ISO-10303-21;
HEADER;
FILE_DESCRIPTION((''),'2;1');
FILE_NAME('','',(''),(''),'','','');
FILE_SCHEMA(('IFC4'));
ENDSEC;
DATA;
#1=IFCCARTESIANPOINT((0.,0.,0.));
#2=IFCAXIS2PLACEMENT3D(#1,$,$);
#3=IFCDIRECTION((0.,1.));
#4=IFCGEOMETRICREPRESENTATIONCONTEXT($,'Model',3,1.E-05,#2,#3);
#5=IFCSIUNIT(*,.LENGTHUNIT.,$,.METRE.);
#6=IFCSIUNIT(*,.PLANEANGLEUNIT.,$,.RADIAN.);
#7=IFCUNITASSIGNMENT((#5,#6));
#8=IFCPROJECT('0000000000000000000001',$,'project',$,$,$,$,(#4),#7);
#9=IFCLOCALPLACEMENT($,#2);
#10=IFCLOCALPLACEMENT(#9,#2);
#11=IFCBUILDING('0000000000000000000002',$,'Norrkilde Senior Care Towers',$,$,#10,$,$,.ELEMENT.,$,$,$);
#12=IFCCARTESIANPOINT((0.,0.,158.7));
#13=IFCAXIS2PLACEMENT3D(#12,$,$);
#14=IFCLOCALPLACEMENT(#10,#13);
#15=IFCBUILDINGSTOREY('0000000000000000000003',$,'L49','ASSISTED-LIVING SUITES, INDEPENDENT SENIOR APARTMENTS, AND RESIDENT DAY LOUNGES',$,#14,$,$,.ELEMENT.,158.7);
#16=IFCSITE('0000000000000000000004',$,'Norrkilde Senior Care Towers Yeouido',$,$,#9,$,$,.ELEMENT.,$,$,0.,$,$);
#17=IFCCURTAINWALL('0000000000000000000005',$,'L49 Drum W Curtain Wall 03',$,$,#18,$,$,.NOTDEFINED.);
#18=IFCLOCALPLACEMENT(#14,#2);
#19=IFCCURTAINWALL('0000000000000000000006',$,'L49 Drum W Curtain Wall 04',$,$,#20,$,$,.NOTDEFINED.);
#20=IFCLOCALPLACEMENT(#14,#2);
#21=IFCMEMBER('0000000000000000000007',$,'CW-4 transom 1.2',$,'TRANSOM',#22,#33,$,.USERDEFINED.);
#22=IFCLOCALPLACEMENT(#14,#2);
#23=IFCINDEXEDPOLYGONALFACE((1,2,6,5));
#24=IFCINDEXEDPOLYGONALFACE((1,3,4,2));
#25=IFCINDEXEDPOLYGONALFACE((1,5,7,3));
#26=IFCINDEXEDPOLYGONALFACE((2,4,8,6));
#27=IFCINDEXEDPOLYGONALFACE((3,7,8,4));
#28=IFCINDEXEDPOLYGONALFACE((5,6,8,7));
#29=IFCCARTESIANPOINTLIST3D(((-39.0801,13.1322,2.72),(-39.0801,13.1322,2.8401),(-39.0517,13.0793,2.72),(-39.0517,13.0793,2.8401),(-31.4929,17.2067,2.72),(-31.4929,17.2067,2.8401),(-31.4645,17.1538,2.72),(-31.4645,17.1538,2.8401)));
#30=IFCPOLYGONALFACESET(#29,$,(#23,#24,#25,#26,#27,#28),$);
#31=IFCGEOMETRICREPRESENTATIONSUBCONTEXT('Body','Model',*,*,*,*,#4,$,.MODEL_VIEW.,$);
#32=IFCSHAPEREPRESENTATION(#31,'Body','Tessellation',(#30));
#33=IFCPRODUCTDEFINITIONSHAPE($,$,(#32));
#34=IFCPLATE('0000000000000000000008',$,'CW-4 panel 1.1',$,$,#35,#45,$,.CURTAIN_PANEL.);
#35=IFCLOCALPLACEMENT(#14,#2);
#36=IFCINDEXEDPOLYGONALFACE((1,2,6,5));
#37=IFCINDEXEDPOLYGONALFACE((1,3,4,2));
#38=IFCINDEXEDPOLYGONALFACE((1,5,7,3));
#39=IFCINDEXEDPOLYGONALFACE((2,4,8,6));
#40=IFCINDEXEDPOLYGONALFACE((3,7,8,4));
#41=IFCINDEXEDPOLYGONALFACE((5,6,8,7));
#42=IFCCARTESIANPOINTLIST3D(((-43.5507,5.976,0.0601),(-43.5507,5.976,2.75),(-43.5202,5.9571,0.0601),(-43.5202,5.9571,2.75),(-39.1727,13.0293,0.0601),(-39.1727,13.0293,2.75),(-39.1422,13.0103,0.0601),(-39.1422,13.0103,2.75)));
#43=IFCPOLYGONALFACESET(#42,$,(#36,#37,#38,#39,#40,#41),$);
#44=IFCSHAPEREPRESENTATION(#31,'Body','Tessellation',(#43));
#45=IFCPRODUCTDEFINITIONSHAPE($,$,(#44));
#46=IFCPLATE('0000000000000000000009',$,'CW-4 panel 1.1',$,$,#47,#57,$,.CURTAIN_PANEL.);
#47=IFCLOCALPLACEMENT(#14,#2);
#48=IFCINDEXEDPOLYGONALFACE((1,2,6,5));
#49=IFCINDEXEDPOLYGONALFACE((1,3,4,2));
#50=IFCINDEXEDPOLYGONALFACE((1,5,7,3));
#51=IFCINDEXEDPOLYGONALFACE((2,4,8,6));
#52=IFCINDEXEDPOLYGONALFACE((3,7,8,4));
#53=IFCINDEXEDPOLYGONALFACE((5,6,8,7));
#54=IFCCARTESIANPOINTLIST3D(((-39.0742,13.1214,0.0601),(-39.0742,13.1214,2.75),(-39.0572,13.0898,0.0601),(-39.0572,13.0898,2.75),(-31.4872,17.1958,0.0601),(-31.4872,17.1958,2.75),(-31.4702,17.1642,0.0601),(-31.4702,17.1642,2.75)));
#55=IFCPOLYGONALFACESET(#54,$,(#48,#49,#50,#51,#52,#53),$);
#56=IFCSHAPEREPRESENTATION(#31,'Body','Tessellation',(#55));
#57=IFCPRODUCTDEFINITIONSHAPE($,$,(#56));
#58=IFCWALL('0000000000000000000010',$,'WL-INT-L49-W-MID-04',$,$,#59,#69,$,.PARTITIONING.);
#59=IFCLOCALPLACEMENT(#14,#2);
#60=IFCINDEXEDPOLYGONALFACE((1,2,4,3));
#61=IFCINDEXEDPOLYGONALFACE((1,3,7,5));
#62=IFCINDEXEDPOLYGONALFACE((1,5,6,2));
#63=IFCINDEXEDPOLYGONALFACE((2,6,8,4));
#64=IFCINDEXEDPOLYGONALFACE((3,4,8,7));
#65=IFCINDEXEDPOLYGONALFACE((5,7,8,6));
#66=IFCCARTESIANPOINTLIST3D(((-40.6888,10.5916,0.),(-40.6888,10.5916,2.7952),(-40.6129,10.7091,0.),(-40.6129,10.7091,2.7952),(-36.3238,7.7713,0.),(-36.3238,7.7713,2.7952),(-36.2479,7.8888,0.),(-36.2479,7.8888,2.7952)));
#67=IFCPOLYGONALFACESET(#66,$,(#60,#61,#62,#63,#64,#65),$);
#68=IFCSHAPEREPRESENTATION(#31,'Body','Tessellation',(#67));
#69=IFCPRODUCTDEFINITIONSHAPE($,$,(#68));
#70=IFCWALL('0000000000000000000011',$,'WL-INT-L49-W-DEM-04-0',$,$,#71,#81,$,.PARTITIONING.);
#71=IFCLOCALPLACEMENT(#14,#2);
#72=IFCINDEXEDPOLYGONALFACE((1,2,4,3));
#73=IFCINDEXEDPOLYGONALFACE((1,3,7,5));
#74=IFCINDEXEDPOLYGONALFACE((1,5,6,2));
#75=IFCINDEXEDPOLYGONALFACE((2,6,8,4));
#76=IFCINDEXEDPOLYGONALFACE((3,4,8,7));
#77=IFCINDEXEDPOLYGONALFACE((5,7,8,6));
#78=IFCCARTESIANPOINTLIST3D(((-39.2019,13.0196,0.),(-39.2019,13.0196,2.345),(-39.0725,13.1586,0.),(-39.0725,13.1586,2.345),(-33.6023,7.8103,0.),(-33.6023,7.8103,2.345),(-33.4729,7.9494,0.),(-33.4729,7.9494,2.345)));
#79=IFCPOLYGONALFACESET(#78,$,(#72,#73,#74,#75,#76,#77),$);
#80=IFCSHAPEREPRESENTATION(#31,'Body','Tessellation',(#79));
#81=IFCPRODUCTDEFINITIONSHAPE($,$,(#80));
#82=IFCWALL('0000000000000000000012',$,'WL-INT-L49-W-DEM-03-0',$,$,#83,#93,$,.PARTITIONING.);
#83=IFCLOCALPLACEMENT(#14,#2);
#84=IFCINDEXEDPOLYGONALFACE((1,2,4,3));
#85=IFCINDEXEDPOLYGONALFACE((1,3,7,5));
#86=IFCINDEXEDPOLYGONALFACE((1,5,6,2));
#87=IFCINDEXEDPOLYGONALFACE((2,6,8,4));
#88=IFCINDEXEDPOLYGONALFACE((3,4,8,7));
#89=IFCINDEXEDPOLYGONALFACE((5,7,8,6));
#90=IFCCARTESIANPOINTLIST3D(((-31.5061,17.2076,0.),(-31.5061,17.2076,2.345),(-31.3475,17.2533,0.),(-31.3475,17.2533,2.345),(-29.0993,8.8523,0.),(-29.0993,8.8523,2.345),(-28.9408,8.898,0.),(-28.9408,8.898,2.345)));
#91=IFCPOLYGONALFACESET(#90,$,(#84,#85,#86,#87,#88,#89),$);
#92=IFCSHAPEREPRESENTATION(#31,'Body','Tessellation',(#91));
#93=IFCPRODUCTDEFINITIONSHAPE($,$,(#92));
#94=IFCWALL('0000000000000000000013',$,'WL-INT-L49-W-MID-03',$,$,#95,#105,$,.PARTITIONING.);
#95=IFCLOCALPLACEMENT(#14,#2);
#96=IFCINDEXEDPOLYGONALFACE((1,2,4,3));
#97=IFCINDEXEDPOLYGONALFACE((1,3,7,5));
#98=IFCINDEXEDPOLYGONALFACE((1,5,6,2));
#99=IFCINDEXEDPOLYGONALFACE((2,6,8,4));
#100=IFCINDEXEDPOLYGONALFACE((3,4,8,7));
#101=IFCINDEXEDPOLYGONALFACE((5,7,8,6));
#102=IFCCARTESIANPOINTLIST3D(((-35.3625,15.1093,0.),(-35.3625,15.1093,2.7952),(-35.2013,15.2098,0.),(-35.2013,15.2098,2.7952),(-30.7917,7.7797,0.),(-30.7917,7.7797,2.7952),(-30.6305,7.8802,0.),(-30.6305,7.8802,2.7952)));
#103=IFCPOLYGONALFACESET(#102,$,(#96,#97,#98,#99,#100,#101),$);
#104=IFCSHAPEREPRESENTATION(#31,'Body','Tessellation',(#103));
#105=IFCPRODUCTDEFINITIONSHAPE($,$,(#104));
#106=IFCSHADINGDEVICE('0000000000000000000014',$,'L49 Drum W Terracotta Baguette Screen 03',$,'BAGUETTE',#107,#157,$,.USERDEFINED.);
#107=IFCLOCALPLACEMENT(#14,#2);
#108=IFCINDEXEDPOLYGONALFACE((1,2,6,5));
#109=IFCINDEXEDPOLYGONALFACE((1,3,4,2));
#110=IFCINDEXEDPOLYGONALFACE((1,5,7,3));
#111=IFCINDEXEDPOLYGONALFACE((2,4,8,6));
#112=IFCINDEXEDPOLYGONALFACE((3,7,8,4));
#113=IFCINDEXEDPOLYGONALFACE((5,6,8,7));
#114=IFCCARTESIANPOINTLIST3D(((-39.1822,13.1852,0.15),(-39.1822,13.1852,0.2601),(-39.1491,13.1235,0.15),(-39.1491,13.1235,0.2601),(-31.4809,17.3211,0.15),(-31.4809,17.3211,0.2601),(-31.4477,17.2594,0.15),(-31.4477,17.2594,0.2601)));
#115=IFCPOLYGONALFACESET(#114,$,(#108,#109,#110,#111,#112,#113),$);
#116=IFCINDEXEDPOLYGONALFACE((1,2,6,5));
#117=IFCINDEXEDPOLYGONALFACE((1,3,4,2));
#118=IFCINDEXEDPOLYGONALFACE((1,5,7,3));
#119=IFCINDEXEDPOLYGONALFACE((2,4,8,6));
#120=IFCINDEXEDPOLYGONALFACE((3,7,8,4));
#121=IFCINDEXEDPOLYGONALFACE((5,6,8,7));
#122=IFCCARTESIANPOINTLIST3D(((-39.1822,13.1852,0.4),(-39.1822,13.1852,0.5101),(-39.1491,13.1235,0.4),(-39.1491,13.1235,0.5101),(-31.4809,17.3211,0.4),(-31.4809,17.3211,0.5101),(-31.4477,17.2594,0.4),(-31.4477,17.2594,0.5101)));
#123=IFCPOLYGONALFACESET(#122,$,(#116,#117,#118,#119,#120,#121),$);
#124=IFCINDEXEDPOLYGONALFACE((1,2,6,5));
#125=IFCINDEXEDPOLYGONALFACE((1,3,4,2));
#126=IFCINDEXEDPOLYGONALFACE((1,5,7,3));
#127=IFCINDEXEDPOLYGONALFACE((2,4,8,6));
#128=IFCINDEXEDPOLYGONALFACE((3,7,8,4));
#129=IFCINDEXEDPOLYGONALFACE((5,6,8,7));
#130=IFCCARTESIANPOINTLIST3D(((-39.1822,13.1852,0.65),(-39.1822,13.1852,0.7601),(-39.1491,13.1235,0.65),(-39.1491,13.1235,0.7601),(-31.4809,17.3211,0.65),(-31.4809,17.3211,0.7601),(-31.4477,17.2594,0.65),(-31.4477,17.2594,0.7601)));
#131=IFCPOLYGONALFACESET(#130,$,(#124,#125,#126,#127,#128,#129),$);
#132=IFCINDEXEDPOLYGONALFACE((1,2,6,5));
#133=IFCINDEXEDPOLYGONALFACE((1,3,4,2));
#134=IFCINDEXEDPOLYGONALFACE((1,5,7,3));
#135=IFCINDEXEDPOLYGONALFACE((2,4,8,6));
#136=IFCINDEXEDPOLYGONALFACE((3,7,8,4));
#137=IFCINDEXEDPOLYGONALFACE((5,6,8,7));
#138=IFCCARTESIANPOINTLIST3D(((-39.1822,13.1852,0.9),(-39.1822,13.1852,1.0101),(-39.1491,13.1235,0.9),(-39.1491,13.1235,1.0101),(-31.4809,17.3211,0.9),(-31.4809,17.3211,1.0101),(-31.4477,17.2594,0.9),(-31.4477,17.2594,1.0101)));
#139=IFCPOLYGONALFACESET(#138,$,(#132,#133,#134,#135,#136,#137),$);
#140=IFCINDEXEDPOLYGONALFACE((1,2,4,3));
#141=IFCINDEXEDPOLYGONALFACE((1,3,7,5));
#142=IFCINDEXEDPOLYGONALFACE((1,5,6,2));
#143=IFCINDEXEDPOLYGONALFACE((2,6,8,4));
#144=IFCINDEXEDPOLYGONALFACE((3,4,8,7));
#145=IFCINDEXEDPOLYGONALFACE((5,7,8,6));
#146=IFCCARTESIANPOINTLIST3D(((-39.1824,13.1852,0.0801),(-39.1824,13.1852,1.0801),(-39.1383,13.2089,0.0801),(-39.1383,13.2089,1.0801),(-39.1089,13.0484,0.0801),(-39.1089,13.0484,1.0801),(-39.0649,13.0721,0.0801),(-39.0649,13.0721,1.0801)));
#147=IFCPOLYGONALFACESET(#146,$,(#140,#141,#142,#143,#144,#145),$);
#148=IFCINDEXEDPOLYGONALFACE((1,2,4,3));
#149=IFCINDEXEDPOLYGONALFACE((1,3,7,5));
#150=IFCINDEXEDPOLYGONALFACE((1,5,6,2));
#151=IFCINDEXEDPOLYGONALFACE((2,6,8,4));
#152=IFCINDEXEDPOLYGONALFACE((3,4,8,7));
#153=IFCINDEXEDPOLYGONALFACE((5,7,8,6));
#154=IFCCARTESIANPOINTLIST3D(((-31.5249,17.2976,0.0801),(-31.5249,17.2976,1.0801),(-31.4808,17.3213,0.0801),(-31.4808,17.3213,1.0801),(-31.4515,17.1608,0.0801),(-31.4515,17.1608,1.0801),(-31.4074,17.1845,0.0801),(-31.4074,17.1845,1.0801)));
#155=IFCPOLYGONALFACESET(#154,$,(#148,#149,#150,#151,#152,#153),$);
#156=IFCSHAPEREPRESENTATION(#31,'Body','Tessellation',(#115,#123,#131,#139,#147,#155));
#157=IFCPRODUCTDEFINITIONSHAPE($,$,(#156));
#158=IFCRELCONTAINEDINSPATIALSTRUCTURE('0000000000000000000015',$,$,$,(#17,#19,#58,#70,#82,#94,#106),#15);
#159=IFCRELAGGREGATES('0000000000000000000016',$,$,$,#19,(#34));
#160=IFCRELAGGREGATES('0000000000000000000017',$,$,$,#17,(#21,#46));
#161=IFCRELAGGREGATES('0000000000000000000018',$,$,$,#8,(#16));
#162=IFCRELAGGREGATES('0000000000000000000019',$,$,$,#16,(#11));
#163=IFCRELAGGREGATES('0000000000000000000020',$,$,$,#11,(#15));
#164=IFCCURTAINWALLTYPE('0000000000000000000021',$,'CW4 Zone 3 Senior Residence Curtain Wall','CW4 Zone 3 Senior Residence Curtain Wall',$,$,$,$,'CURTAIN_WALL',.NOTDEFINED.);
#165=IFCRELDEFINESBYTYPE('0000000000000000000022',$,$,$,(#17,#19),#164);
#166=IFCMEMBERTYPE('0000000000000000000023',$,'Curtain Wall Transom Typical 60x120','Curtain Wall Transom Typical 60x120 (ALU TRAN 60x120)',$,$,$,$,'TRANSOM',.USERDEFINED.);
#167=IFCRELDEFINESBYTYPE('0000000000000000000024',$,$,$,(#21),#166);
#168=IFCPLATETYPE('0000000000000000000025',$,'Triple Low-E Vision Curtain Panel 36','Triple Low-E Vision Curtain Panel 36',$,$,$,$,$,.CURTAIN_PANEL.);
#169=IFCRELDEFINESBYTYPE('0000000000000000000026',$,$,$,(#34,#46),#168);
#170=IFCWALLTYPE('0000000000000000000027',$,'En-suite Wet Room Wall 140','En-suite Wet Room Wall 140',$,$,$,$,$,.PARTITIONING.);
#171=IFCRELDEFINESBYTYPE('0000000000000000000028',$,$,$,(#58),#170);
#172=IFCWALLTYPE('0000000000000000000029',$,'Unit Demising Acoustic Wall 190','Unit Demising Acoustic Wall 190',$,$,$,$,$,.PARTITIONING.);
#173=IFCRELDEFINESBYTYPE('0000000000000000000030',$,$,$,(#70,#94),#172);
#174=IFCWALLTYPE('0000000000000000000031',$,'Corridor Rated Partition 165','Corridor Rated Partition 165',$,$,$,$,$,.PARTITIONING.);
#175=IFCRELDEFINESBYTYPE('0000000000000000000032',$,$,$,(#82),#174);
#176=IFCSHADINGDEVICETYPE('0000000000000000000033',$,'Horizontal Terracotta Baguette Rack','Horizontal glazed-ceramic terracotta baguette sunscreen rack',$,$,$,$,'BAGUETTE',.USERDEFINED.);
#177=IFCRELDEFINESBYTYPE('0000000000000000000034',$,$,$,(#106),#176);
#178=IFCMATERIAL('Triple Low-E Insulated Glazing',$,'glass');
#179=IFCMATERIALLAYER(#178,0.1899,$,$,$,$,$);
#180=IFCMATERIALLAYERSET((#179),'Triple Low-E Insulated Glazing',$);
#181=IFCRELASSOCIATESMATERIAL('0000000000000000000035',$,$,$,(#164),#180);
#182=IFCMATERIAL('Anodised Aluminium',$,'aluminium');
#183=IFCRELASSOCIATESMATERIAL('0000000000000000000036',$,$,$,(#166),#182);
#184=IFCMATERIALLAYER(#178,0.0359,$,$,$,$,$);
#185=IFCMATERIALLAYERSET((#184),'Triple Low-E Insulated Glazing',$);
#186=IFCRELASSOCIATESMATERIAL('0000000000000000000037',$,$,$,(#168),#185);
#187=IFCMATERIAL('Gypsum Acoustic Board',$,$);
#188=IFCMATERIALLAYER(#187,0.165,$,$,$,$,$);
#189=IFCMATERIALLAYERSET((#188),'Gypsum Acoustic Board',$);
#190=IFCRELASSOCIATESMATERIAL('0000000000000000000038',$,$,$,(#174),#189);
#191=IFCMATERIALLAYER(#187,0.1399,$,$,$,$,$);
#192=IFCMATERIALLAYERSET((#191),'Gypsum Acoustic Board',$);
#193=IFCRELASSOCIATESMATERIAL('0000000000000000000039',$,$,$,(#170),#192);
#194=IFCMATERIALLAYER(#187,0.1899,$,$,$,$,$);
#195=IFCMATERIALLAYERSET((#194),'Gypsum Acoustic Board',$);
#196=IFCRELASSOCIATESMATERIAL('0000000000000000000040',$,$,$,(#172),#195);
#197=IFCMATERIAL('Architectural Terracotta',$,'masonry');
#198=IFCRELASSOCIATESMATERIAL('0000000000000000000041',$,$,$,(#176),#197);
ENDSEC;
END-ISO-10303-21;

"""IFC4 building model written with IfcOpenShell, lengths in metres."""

from ifc_helpers import new_model, si_unit, direction, frame, frame_2d, origin, origin_2d, place, context, subcontext, project, spatial, rectangle, extrude, source, transform, mapped, material, layer, layer_set, material_profile, profile_set, type_object, type_shapes, element, aggregate, save


model = new_model("IFC4")

# Units and contexts
model_context = context("Model", 3, precision=1e-05, world=origin(), true_north=direction((0.0, 1.0)))
body_context = subcontext(model_context, "Body", "Model", "MODEL_VIEW")
ifc_project = project(units=[si_unit("LENGTHUNIT", "METRE"), si_unit("PLANEANGLEUNIT", "RADIAN")], contexts=[model_context])

# Site, building, storey
site_placement = place(None, origin())
site = spatial("IfcSite", under=ifc_project, at=site_placement, Name="Norrkilde Senior Care Towers Yeouido", CompositionType="ELEMENT", RefElevation=0.0)
building_placement = place(site_placement, origin())
building = spatial("IfcBuilding", under=site, at=building_placement, Name="Norrkilde Senior Care Towers", CompositionType="ELEMENT")
storey_placement = place(building_placement, frame((0.0, 0.0, 158.7)))
storey = spatial("IfcBuildingStorey", under=building, at=storey_placement, Name="L49", Description="ASSISTED-LIVING SUITES, INDEPENDENT SENIOR APARTMENTS, AND RESIDENT DAY LOUNGES", CompositionType="ELEMENT", Elevation=158.7)

# Shared definitions
ifc_material_1 = material(Name="Triple Low-E Insulated Glazing", Category="glass")
ifc_layer_1 = layer(ifc_material_1, 0.1899)
ifc_layer_set_1 = layer_set([ifc_layer_1], Name="Triple Low-E Insulated Glazing")
curtain_wall_type = type_object("IfcCurtainWallType", Name="CW4 Zone 3 Senior Residence Curtain Wall", Description="CW4 Zone 3 Senior Residence Curtain Wall", ElementType="CURTAIN_WALL", PredefinedType="NOTDEFINED", material=ifc_layer_set_1)
ifc_material_2 = material(Name="Anodised Aluminium", Category="aluminium")

# Curtain walls
curtain_wall_1_placement = place(storey_placement, origin())
curtain_wall_1 = element("IfcCurtainWall", 1, at=curtain_wall_1_placement, inside=storey, type_object=curtain_wall_type, Name="L49 Drum W Curtain Wall 03", PredefinedType="NOTDEFINED")
curtain_wall_2_placement = place(storey_placement, origin())
curtain_wall_2 = element("IfcCurtainWall", 2, at=curtain_wall_2_placement, inside=storey, type_object=curtain_wall_type, Name="L49 Drum W Curtain Wall 04", PredefinedType="NOTDEFINED")
ifc_material_profile_1 = material_profile(ifc_material_2, rectangle(XDim=0.0601, YDim=0.1201, at=origin_2d()), Name="ALU TRAN 60x120")
ifc_profile_set_1 = profile_set([ifc_material_profile_1], Name="Anodised Aluminium")
member_type_1 = type_object("IfcMemberType", Name="Curtain Wall Transom Typical 60x120", Description="Curtain Wall Transom Typical 60x120 (ALU TRAN 60x120)", ElementType="TRANSOM", PredefinedType="USERDEFINED", material=ifc_profile_set_1)

# Member
shared_shape_1 = source(origin(), body_context, "Body", "SweptSolid", [
    extrude(rectangle(XDim=0.0601, YDim=0.1201, at=origin_2d()), origin(), (0.0, 0.0, 1.0), 8.6121),
])
member_1_placement = place(storey_placement, frame((-39.0659, 13.1057, 2.78), z_axis=(0.881, 0.473116, 0.0), x_axis=(-0.473116, 0.881, 0.0)))
member_1 = element("IfcMember", 3, at=member_1_placement, type_object=member_type_1, Name="CW-4 transom 1.2", ObjectType="TRANSOM", PredefinedType="USERDEFINED", context=body_context, shape_type="MappedRepresentation", body=[
    mapped(shared_shape_1, transform((0.0, 0.0, 0.0), x_axis=(1.0, 0.0, 0.0), y_axis=(0.0, 1.0, 0.0), z_axis=(0.0, 0.0, 1.0), scale=1.0)),
])

# Plates
ifc_layer_2 = layer(ifc_material_1, 0.0359)
ifc_layer_set_2 = layer_set([ifc_layer_2], Name="Triple Low-E Insulated Glazing")
plate_type = type_object("IfcPlateType", Name="Triple Low-E Vision Curtain Panel 36", Description="Triple Low-E Vision Curtain Panel 36", PredefinedType="CURTAIN_PANEL", material=ifc_layer_set_2)
shared_shape_2 = source(origin(), body_context, "Body", "SweptSolid", [
    extrude(rectangle(XDim=8.3015, YDim=0.0359, at=origin_2d()), origin(), (0.0, 0.0, 1.0), 2.6899),
])
plate_1_placement = place(storey_placement, frame((-41.3464, 9.4932, 0.0601), z_axis=(0.0, 0.0, 1.0), x_axis=(0.527373, 0.849634, 0.0)))
plate_1 = element("IfcPlate", 4, at=plate_1_placement, type_object=plate_type, Name="CW-4 panel 1.1", PredefinedType="CURTAIN_PANEL", context=body_context, shape_type="MappedRepresentation", body=[
    mapped(shared_shape_2, transform((0.0, 0.0, 0.0), x_axis=(1.0, 0.0, 0.0), y_axis=(0.0, 1.0, 0.0), z_axis=(0.0, 0.0, 1.0), scale=1.0)),
])
aggregate(curtain_wall_2, [plate_1])
shared_shape_3 = source(origin(), body_context, "Body", "SweptSolid", [
    extrude(rectangle(XDim=8.6118, YDim=0.0359, at=origin_2d()), origin(), (0.0, 0.0, 1.0), 2.6899),
])
type_shapes(plate_type, [shared_shape_2, shared_shape_3])
plate_2_placement = place(storey_placement, frame((-35.2722, 15.1428, 0.0601), z_axis=(0.0, 0.0, 1.0), x_axis=(0.881, 0.473117, 0.0)))
plate_2 = element("IfcPlate", 5, at=plate_2_placement, type_object=plate_type, Name="CW-4 panel 1.1", PredefinedType="CURTAIN_PANEL", context=body_context, shape_type="MappedRepresentation", body=[
    mapped(shared_shape_3, transform((0.0, 0.0, 0.0), x_axis=(1.0, 0.0, 0.0), y_axis=(0.0, 1.0, 0.0), z_axis=(0.0, 0.0, 1.0), scale=1.0)),
])
aggregate(curtain_wall_1, [member_1, plate_2])

# Shared definitions
ifc_material_3 = material(Name="Gypsum Acoustic Board")
ifc_layer_3 = layer(ifc_material_3, 0.165)
ifc_layer_set_3 = layer_set([ifc_layer_3], Name="Gypsum Acoustic Board")
wall_type_1 = type_object("IfcWallType", Name="Corridor Rated Partition 165", Description="Corridor Rated Partition 165", PredefinedType="PARTITIONING", material=ifc_layer_set_3)

# Walls
ifc_layer_4 = layer(ifc_material_3, 0.1399)
ifc_layer_set_4 = layer_set([ifc_layer_4], Name="Gypsum Acoustic Board")
wall_type_2 = type_object("IfcWallType", Name="En-suite Wet Room Wall 140", Description="En-suite Wet Room Wall 140", PredefinedType="PARTITIONING", material=ifc_layer_set_4)
shared_shape_4 = source(origin(), body_context, "Body", "SweptSolid", [
    extrude(rectangle(XDim=5.1968, YDim=0.1399, at=frame_2d((2.5984, 0.0))), origin(), (0.0, 0.0, 1.0), 2.7952),
])
type_shapes(wall_type_2, [shared_shape_4])
wall_1_placement = place(storey_placement, frame((-36.2859, 7.8301, 0.0), z_axis=(0.0, 0.0, 1.0), x_axis=(-0.839929, 0.542696, 0.0)))
element("IfcWall", 6, at=wall_1_placement, inside=storey, type_object=wall_type_2, Name="WL-INT-L49-W-MID-04", PredefinedType="PARTITIONING", context=body_context, shape_type="MappedRepresentation", body=[
    mapped(shared_shape_4, transform((0.0, 0.0, 0.0), x_axis=(1.0, 0.0, 0.0), y_axis=(0.0, 1.0, 0.0), z_axis=(0.0, 0.0, 1.0), scale=1.0)),
])
ifc_layer_5 = layer(ifc_material_3, 0.1899)
ifc_layer_set_5 = layer_set([ifc_layer_5], Name="Gypsum Acoustic Board")
wall_type_3 = type_object("IfcWallType", Name="Unit Demising Acoustic Wall 190", Description="Unit Demising Acoustic Wall 190", PredefinedType="PARTITIONING", material=ifc_layer_set_5)
shared_shape_5 = source(origin(), body_context, "Body", "SweptSolid", [
    extrude(rectangle(XDim=7.6479, YDim=0.1899, at=frame_2d((3.824, 0.0))), origin(), (0.0, 0.0, 1.0), 2.345),
])
wall_2_placement = place(storey_placement, frame((-33.5376, 7.8799, 0.0), z_axis=(0.0, 0.0, 1.0), x_axis=(-0.732168, 0.681124, 0.0)))
element("IfcWall", 7, at=wall_2_placement, inside=storey, type_object=wall_type_3, Name="WL-INT-L49-W-DEM-04-0", PredefinedType="PARTITIONING", context=body_context, shape_type="MappedRepresentation", body=[
    mapped(shared_shape_5, transform((0.0, 0.0, 0.0), x_axis=(1.0, 0.0, 0.0), y_axis=(0.0, 1.0, 0.0), z_axis=(0.0, 0.0, 1.0), scale=1.0)),
])
shared_shape_6 = source(origin(), body_context, "Body", "SweptSolid", [
    extrude(rectangle(XDim=8.6951, YDim=0.165, at=frame_2d((4.3477, 0.0))), origin(), (0.0, 0.0, 1.0), 2.345),
])
wall_3_placement = place(storey_placement, frame((-29.02, 8.875, 0.0), z_axis=(0.0, 0.0, 1.0), x_axis=(-0.276797, 0.960928, 0.0)))
element("IfcWall", 8, at=wall_3_placement, inside=storey, type_object=wall_type_1, Name="WL-INT-L49-W-DEM-03-0", PredefinedType="PARTITIONING", context=body_context, shape_type="MappedRepresentation", body=[
    mapped(shared_shape_6, transform((0.0, 0.0, 0.0), x_axis=(1.0, 0.0, 0.0), y_axis=(0.0, 1.0, 0.0), z_axis=(0.0, 0.0, 1.0), scale=1.0)),
])
shared_shape_7 = source(origin(), body_context, "Body", "SweptSolid", [
    extrude(rectangle(XDim=8.6379, YDim=0.1899, at=frame_2d((4.3188, 0.0))), origin(), (0.0, 0.0, 1.0), 2.7952),
])
type_shapes(wall_type_3, [shared_shape_5, shared_shape_7])
wall_4_placement = place(storey_placement, frame((-30.7112, 7.8301, 0.0), z_axis=(0.0, 0.0, 1.0), x_axis=(-0.52915, 0.848528, 0.0)))
element("IfcWall", 9, at=wall_4_placement, inside=storey, type_object=wall_type_3, Name="WL-INT-L49-W-MID-03", PredefinedType="PARTITIONING", context=body_context, shape_type="MappedRepresentation", body=[
    mapped(shared_shape_7, transform((0.0, 0.0, 0.0), x_axis=(1.0, 0.0, 0.0), y_axis=(0.0, 1.0, 0.0), z_axis=(0.0, 0.0, 1.0), scale=1.0)),
])

# Shading device
ifc_material_4 = material(Name="Architectural Terracotta", Category="masonry")
shading_device_type = type_object("IfcShadingDeviceType", Name="Horizontal Terracotta Baguette Rack", Description="Horizontal glazed-ceramic terracotta baguette sunscreen rack", ElementType="BAGUETTE", PredefinedType="USERDEFINED", material=ifc_material_4)
shared_shape_8 = source(origin(), body_context, "Body", "SweptSolid", [
    extrude(rectangle(XDim=0.0701, YDim=0.1101, at=origin_2d()), frame((0.0, 0.0901, 0.125), z_axis=(1.0, 0.0, 0.0), x_axis=(0.0, 1.0, 0.0)), (0.0, 0.0, 1.0), 8.7417),
    extrude(rectangle(XDim=0.0701, YDim=0.1101, at=origin_2d()), frame((0.0, 0.0901, 0.375), z_axis=(1.0, 0.0, 0.0), x_axis=(0.0, 1.0, 0.0)), (0.0, 0.0, 1.0), 8.7417),
    extrude(rectangle(XDim=0.0701, YDim=0.1101, at=origin_2d()), frame((0.0, 0.0901, 0.625), z_axis=(1.0, 0.0, 0.0), x_axis=(0.0, 1.0, 0.0)), (0.0, 0.0, 1.0), 8.7417),
    extrude(rectangle(XDim=0.0701, YDim=0.1101, at=origin_2d()), frame((0.0, 0.0901, 0.875), z_axis=(1.0, 0.0, 0.0), x_axis=(0.0, 1.0, 0.0)), (0.0, 0.0, 1.0), 8.7417),
    extrude(rectangle(XDim=0.05, YDim=0.1553, at=origin_2d()), frame((0.0249, 0.0476, 0.0)), (0.0, 0.0, 1.0), 1.0),
    extrude(rectangle(XDim=0.05, YDim=0.1553, at=origin_2d()), frame((8.7168, 0.0476, 0.0)), (0.0, 0.0, 1.0), 1.0),
])
type_shapes(shading_device_type, [shared_shape_8])
shading_device_placement = place(storey_placement, frame((-39.123, 13.075, 0.0801), z_axis=(0.0, 0.0, 1.0), x_axis=(0.880998, 0.473133, 0.0)))
element("IfcShadingDevice", 10, at=shading_device_placement, inside=storey, type_object=shading_device_type, Name="L49 Drum W Terracotta Baguette Screen 03", ObjectType="BAGUETTE", PredefinedType="USERDEFINED", context=body_context, shape_type="MappedRepresentation", body=[
    mapped(shared_shape_8, transform((0.0, 0.0, 0.0), x_axis=(1.0, 0.0, 0.0), y_axis=(0.0, 1.0, 0.0), z_axis=(0.0, 0.0, 1.0), scale=1.0)),
])

save(model, "model.ifc")
